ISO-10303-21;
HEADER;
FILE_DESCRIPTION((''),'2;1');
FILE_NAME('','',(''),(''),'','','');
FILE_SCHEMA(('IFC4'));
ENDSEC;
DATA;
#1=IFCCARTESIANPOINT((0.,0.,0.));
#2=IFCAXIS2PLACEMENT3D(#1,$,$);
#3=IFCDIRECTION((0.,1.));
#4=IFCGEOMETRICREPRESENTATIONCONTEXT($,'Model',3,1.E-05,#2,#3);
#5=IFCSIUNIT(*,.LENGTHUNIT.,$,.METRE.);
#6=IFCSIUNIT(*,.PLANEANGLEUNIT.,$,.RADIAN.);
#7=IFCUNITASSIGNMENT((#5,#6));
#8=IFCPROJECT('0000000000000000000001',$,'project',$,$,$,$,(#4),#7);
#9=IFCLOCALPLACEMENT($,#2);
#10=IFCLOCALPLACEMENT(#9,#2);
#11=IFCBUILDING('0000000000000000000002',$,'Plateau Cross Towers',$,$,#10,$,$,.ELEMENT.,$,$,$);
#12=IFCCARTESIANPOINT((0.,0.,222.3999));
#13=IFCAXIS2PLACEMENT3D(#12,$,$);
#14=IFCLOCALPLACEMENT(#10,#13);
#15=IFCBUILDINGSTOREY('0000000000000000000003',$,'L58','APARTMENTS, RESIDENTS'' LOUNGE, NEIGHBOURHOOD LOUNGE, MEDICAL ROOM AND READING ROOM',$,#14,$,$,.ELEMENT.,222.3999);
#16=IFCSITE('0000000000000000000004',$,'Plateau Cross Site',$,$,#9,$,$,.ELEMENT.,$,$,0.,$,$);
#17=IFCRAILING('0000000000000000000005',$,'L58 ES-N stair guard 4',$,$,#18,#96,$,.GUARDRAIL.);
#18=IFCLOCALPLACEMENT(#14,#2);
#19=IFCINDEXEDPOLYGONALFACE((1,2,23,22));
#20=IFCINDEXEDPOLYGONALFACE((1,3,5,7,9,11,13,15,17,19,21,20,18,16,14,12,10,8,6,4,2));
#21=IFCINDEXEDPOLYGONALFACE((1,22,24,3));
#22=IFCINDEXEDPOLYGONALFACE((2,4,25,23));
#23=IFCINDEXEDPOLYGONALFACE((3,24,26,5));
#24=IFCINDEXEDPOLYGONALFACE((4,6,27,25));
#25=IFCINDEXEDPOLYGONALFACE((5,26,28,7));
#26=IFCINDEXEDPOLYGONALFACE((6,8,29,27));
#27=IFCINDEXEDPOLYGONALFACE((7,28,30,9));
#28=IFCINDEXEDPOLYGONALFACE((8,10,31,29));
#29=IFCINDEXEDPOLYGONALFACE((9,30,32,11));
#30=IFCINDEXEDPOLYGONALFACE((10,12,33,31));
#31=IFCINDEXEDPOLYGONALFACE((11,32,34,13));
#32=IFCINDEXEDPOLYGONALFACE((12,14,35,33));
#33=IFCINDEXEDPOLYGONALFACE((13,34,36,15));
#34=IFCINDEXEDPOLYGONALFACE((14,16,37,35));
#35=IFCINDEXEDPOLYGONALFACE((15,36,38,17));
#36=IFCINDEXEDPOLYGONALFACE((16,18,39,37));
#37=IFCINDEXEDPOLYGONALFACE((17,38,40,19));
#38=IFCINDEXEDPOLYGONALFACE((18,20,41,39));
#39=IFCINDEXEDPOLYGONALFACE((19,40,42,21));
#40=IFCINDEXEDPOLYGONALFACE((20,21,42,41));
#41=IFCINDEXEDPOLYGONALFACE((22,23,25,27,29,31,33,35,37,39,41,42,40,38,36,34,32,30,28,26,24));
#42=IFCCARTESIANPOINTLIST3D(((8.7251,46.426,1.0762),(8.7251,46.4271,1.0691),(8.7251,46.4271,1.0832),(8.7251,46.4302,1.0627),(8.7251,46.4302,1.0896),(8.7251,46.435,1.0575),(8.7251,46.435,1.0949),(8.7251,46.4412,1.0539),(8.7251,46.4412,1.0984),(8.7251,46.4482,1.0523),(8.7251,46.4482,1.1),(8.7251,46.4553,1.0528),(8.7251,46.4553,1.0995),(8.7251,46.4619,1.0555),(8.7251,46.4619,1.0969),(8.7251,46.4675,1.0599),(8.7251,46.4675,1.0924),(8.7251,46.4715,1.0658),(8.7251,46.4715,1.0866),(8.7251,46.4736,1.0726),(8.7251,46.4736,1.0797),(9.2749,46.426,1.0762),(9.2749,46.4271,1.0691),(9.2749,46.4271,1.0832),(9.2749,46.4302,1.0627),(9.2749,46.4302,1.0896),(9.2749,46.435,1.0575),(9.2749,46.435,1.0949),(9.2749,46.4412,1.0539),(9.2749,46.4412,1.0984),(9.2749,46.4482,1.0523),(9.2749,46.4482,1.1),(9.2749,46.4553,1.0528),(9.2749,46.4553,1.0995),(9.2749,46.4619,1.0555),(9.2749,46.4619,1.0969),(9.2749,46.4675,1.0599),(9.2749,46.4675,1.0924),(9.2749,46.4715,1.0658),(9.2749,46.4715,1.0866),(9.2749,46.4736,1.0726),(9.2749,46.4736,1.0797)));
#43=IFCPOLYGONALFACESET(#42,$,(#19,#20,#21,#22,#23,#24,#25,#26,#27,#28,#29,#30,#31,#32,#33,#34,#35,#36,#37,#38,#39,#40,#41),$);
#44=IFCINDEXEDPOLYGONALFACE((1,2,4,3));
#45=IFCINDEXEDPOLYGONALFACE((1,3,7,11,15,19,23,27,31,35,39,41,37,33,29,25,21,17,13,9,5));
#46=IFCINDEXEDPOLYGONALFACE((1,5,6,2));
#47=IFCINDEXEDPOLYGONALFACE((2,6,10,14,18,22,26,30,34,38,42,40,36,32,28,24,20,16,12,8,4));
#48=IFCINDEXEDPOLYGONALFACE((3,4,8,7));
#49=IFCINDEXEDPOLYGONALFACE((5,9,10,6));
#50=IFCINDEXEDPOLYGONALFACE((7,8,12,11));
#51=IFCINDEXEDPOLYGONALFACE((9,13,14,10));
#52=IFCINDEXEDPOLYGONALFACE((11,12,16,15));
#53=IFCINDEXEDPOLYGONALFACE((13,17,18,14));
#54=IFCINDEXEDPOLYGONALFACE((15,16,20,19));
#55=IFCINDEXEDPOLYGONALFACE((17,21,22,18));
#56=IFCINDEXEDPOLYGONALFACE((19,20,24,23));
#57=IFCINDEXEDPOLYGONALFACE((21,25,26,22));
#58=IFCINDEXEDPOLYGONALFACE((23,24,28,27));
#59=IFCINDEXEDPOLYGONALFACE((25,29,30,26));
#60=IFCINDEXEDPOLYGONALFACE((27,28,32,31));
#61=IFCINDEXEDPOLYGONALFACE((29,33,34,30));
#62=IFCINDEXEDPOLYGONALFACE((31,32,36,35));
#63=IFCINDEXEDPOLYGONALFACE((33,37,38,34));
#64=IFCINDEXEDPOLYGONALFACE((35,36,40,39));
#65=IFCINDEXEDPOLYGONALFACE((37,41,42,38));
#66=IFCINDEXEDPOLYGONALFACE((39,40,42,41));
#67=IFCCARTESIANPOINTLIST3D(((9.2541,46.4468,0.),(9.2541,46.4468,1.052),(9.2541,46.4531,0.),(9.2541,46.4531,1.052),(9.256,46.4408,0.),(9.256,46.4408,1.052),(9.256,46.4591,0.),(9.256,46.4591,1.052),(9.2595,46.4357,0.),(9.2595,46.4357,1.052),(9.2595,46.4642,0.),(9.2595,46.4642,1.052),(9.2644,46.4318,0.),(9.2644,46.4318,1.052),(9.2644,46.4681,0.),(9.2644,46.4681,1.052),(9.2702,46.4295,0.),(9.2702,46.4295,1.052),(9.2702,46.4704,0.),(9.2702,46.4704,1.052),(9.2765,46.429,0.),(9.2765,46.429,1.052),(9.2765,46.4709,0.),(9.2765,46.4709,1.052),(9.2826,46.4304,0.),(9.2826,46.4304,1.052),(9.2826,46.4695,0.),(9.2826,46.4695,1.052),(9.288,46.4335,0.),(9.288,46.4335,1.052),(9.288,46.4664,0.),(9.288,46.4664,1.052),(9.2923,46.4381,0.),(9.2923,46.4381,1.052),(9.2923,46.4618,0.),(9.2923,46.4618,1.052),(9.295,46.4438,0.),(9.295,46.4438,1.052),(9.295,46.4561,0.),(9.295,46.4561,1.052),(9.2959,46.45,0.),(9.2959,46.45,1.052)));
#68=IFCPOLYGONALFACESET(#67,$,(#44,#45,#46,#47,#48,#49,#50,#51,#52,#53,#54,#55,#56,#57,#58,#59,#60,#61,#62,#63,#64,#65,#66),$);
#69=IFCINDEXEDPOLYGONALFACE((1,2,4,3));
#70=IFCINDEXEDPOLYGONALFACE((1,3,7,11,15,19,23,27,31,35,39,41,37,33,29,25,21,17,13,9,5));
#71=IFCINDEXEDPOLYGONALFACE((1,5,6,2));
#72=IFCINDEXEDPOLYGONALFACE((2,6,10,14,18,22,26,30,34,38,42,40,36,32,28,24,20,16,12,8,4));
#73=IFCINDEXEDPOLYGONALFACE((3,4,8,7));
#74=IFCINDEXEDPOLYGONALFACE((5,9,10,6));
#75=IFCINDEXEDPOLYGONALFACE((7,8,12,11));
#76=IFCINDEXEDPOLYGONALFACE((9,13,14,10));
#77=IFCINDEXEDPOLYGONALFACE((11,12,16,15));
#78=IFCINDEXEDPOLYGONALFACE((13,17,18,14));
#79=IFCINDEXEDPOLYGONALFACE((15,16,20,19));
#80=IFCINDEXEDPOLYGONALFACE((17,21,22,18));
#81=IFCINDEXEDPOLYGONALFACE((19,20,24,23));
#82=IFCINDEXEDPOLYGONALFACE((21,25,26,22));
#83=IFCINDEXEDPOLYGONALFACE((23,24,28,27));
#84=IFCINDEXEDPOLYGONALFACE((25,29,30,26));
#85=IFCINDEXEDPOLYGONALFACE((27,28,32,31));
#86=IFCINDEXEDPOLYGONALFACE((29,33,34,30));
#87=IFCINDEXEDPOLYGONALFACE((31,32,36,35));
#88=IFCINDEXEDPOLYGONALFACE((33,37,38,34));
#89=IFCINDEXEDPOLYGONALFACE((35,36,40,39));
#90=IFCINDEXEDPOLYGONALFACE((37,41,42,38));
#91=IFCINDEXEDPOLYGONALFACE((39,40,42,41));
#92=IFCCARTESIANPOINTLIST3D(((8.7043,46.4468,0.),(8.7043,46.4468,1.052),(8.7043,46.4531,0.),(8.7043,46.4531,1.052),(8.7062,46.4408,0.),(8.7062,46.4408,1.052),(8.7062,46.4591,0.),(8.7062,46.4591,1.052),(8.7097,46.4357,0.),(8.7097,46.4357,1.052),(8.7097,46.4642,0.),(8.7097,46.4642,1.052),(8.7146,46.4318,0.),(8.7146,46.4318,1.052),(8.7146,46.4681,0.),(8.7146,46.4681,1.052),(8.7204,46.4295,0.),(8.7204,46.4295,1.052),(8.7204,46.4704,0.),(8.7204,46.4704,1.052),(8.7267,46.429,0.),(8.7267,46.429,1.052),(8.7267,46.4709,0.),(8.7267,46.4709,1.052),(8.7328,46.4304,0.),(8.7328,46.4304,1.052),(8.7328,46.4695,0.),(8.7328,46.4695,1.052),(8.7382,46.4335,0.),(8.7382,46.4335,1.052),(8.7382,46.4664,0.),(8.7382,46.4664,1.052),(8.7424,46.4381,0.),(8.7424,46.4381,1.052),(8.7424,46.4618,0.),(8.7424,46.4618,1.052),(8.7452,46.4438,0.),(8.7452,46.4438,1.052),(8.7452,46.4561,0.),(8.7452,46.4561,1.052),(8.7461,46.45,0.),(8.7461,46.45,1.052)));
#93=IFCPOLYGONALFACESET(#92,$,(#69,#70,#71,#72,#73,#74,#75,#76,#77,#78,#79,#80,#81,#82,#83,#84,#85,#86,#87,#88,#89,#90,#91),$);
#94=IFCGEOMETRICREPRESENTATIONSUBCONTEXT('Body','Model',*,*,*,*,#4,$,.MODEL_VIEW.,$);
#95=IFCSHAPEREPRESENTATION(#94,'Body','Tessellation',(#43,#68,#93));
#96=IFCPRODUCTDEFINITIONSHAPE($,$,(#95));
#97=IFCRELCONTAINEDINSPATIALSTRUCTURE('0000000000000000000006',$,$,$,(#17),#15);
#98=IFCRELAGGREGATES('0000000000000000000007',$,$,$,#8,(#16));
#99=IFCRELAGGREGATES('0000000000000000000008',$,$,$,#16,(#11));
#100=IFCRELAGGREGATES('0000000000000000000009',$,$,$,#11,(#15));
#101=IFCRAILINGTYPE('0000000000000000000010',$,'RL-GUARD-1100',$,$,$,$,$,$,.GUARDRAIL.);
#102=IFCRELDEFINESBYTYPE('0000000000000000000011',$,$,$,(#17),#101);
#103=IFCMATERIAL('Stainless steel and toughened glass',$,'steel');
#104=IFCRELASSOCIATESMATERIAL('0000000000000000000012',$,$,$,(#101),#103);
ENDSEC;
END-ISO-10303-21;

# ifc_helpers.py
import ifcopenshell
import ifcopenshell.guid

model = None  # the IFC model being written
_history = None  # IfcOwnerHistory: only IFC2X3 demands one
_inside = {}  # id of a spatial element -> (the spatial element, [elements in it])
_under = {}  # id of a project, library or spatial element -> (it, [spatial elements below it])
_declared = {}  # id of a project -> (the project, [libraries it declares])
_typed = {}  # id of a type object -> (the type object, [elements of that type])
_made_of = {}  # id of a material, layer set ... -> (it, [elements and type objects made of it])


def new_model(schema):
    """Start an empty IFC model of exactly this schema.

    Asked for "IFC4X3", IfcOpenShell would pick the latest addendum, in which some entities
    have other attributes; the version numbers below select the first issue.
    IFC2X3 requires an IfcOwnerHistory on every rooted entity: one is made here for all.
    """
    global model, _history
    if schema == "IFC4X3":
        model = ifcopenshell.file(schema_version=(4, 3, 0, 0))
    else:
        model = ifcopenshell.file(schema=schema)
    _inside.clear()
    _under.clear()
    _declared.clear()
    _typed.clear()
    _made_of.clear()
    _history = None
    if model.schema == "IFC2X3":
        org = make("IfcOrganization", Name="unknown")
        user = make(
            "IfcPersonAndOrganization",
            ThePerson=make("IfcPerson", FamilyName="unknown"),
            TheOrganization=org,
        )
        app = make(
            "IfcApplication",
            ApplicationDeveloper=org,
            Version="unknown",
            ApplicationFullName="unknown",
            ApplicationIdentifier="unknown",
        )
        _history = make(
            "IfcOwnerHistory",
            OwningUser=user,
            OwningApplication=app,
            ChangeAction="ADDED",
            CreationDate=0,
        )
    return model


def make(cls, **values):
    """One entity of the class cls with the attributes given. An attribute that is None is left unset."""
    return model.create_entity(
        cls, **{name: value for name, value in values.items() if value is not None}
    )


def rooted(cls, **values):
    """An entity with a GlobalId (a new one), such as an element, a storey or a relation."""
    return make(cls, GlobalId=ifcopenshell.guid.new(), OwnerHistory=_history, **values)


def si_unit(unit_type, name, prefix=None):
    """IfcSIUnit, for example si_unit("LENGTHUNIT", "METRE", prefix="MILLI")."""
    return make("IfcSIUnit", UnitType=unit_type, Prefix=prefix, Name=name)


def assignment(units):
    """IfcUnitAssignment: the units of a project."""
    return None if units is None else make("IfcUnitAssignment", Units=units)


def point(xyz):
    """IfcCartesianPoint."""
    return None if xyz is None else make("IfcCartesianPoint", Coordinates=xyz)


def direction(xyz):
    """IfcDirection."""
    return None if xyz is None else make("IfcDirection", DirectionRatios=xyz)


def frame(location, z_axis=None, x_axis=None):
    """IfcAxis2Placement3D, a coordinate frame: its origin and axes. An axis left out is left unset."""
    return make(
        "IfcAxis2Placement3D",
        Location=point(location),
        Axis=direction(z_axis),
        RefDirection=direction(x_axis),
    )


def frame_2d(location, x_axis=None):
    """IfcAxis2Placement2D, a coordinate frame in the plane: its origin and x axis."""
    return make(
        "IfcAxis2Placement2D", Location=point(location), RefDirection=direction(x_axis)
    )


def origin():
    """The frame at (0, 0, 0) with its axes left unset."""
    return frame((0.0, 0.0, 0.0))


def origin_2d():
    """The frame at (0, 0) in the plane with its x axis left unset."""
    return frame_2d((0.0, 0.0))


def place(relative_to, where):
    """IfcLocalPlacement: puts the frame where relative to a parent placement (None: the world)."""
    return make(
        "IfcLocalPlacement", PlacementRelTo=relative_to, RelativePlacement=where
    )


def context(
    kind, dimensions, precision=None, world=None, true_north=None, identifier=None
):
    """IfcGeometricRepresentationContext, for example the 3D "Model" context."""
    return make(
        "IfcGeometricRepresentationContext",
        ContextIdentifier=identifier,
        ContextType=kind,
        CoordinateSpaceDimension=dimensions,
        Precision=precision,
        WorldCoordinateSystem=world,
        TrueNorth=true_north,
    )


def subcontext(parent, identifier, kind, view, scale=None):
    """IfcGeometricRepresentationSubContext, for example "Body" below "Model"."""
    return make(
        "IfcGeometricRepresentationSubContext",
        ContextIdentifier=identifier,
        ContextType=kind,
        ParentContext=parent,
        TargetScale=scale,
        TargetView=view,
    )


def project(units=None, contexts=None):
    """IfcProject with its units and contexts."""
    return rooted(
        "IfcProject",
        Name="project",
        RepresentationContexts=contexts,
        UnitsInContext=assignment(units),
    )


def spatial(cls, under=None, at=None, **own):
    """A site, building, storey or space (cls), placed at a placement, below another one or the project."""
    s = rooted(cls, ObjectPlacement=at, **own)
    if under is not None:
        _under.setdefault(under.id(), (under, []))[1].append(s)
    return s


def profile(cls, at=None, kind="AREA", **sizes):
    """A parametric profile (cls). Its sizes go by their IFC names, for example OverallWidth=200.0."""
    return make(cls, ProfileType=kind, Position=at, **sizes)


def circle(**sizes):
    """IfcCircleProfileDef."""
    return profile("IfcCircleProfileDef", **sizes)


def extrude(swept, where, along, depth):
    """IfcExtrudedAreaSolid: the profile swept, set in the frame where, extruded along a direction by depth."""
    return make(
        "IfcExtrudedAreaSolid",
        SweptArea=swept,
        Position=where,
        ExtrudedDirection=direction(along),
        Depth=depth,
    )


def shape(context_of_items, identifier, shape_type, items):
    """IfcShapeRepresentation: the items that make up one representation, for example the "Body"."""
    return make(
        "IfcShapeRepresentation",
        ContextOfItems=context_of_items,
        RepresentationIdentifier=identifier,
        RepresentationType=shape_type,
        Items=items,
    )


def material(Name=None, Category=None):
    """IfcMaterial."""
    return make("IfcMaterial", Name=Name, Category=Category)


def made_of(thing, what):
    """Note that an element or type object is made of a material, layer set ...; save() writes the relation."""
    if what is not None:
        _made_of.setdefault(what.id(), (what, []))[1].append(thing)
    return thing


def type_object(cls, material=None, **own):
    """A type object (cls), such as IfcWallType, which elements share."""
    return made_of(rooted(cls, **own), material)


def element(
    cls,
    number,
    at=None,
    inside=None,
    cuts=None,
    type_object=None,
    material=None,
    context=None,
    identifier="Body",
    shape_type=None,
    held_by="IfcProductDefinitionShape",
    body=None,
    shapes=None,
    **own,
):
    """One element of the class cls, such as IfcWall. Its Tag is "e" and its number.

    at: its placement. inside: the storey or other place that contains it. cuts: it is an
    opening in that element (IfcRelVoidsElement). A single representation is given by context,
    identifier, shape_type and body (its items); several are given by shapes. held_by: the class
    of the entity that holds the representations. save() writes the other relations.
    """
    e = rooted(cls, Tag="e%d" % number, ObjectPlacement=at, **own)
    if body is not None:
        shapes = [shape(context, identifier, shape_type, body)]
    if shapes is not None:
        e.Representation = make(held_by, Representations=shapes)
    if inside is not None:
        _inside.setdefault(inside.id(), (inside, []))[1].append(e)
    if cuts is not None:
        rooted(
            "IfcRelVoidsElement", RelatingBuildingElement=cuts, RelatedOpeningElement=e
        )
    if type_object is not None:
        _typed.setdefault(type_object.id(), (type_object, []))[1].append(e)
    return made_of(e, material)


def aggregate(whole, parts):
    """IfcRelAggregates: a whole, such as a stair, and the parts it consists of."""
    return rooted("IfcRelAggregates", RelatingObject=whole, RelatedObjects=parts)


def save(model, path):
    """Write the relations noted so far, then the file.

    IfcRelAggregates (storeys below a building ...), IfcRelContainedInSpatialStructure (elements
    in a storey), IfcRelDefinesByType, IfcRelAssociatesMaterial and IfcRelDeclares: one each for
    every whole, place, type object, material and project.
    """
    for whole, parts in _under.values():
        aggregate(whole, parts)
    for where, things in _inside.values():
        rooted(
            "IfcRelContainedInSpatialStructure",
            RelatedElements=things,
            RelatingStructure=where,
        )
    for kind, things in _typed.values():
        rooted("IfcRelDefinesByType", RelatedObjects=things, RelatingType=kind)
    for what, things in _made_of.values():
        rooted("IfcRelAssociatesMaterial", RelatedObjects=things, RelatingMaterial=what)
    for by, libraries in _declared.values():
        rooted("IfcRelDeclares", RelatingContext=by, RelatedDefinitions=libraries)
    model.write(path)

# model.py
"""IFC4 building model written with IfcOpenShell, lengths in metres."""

from ifc_helpers import new_model, si_unit, direction, frame, origin, origin_2d, place, context, subcontext, project, spatial, circle, extrude, material, type_object, element, save


model = new_model("IFC4")

# Units and contexts
model_context = context("Model", 3, precision=1e-05, world=origin(), true_north=direction((0.0, 1.0)))
body_context = subcontext(model_context, "Body", "Model", "MODEL_VIEW")
ifc_project = project(units=[si_unit("LENGTHUNIT", "METRE"), si_unit("PLANEANGLEUNIT", "RADIAN")], contexts=[model_context])

# Site, building, storey
site_placement = place(None, origin())
site = spatial("IfcSite", under=ifc_project, at=site_placement, Name="Plateau Cross Site", CompositionType="ELEMENT", RefElevation=0.0)
building_placement = place(site_placement, origin())
building = spatial("IfcBuilding", under=site, at=building_placement, Name="Plateau Cross Towers", CompositionType="ELEMENT")
storey_placement = place(building_placement, frame((0.0, 0.0, 222.3999)))
storey = spatial("IfcBuildingStorey", under=building, at=storey_placement, Name="L58", Description="APARTMENTS, RESIDENTS' LOUNGE, NEIGHBOURHOOD LOUNGE, MEDICAL ROOM AND READING ROOM", CompositionType="ELEMENT", Elevation=222.3999)

# Railing
ifc_material_1 = material(Name="Stainless steel and toughened glass", Category="steel")
railing_type_1 = type_object("IfcRailingType", Name="RL-GUARD-1100", PredefinedType="GUARDRAIL", material=ifc_material_1)
railing_1_placement = place(storey_placement, frame((9.2749, 46.45, 0.0)))
element("IfcRailing", 1, at=railing_1_placement, inside=storey, type_object=railing_type_1, Name="L58 ES-N stair guard 4", PredefinedType="GUARDRAIL", context=body_context, shape_type="SweptSolid", body=[
    extrude(circle(Radius=0.0239, at=origin_2d()), frame((0.0, 0.0, 1.0762), z_axis=(-1.0, 0.0, 0.0), x_axis=(0.0, -1.0, 0.0)), (0.0, 0.0, 1.0), 0.5498),
    extrude(circle(Radius=0.021, at=origin_2d()), origin(), (0.0, 0.0, 1.0), 1.052),
    extrude(circle(Radius=0.021, at=origin_2d()), frame((-0.5498, 0.0, 0.0)), (0.0, 0.0, 1.0), 1.052),
])

save(model, "model.ifc")
